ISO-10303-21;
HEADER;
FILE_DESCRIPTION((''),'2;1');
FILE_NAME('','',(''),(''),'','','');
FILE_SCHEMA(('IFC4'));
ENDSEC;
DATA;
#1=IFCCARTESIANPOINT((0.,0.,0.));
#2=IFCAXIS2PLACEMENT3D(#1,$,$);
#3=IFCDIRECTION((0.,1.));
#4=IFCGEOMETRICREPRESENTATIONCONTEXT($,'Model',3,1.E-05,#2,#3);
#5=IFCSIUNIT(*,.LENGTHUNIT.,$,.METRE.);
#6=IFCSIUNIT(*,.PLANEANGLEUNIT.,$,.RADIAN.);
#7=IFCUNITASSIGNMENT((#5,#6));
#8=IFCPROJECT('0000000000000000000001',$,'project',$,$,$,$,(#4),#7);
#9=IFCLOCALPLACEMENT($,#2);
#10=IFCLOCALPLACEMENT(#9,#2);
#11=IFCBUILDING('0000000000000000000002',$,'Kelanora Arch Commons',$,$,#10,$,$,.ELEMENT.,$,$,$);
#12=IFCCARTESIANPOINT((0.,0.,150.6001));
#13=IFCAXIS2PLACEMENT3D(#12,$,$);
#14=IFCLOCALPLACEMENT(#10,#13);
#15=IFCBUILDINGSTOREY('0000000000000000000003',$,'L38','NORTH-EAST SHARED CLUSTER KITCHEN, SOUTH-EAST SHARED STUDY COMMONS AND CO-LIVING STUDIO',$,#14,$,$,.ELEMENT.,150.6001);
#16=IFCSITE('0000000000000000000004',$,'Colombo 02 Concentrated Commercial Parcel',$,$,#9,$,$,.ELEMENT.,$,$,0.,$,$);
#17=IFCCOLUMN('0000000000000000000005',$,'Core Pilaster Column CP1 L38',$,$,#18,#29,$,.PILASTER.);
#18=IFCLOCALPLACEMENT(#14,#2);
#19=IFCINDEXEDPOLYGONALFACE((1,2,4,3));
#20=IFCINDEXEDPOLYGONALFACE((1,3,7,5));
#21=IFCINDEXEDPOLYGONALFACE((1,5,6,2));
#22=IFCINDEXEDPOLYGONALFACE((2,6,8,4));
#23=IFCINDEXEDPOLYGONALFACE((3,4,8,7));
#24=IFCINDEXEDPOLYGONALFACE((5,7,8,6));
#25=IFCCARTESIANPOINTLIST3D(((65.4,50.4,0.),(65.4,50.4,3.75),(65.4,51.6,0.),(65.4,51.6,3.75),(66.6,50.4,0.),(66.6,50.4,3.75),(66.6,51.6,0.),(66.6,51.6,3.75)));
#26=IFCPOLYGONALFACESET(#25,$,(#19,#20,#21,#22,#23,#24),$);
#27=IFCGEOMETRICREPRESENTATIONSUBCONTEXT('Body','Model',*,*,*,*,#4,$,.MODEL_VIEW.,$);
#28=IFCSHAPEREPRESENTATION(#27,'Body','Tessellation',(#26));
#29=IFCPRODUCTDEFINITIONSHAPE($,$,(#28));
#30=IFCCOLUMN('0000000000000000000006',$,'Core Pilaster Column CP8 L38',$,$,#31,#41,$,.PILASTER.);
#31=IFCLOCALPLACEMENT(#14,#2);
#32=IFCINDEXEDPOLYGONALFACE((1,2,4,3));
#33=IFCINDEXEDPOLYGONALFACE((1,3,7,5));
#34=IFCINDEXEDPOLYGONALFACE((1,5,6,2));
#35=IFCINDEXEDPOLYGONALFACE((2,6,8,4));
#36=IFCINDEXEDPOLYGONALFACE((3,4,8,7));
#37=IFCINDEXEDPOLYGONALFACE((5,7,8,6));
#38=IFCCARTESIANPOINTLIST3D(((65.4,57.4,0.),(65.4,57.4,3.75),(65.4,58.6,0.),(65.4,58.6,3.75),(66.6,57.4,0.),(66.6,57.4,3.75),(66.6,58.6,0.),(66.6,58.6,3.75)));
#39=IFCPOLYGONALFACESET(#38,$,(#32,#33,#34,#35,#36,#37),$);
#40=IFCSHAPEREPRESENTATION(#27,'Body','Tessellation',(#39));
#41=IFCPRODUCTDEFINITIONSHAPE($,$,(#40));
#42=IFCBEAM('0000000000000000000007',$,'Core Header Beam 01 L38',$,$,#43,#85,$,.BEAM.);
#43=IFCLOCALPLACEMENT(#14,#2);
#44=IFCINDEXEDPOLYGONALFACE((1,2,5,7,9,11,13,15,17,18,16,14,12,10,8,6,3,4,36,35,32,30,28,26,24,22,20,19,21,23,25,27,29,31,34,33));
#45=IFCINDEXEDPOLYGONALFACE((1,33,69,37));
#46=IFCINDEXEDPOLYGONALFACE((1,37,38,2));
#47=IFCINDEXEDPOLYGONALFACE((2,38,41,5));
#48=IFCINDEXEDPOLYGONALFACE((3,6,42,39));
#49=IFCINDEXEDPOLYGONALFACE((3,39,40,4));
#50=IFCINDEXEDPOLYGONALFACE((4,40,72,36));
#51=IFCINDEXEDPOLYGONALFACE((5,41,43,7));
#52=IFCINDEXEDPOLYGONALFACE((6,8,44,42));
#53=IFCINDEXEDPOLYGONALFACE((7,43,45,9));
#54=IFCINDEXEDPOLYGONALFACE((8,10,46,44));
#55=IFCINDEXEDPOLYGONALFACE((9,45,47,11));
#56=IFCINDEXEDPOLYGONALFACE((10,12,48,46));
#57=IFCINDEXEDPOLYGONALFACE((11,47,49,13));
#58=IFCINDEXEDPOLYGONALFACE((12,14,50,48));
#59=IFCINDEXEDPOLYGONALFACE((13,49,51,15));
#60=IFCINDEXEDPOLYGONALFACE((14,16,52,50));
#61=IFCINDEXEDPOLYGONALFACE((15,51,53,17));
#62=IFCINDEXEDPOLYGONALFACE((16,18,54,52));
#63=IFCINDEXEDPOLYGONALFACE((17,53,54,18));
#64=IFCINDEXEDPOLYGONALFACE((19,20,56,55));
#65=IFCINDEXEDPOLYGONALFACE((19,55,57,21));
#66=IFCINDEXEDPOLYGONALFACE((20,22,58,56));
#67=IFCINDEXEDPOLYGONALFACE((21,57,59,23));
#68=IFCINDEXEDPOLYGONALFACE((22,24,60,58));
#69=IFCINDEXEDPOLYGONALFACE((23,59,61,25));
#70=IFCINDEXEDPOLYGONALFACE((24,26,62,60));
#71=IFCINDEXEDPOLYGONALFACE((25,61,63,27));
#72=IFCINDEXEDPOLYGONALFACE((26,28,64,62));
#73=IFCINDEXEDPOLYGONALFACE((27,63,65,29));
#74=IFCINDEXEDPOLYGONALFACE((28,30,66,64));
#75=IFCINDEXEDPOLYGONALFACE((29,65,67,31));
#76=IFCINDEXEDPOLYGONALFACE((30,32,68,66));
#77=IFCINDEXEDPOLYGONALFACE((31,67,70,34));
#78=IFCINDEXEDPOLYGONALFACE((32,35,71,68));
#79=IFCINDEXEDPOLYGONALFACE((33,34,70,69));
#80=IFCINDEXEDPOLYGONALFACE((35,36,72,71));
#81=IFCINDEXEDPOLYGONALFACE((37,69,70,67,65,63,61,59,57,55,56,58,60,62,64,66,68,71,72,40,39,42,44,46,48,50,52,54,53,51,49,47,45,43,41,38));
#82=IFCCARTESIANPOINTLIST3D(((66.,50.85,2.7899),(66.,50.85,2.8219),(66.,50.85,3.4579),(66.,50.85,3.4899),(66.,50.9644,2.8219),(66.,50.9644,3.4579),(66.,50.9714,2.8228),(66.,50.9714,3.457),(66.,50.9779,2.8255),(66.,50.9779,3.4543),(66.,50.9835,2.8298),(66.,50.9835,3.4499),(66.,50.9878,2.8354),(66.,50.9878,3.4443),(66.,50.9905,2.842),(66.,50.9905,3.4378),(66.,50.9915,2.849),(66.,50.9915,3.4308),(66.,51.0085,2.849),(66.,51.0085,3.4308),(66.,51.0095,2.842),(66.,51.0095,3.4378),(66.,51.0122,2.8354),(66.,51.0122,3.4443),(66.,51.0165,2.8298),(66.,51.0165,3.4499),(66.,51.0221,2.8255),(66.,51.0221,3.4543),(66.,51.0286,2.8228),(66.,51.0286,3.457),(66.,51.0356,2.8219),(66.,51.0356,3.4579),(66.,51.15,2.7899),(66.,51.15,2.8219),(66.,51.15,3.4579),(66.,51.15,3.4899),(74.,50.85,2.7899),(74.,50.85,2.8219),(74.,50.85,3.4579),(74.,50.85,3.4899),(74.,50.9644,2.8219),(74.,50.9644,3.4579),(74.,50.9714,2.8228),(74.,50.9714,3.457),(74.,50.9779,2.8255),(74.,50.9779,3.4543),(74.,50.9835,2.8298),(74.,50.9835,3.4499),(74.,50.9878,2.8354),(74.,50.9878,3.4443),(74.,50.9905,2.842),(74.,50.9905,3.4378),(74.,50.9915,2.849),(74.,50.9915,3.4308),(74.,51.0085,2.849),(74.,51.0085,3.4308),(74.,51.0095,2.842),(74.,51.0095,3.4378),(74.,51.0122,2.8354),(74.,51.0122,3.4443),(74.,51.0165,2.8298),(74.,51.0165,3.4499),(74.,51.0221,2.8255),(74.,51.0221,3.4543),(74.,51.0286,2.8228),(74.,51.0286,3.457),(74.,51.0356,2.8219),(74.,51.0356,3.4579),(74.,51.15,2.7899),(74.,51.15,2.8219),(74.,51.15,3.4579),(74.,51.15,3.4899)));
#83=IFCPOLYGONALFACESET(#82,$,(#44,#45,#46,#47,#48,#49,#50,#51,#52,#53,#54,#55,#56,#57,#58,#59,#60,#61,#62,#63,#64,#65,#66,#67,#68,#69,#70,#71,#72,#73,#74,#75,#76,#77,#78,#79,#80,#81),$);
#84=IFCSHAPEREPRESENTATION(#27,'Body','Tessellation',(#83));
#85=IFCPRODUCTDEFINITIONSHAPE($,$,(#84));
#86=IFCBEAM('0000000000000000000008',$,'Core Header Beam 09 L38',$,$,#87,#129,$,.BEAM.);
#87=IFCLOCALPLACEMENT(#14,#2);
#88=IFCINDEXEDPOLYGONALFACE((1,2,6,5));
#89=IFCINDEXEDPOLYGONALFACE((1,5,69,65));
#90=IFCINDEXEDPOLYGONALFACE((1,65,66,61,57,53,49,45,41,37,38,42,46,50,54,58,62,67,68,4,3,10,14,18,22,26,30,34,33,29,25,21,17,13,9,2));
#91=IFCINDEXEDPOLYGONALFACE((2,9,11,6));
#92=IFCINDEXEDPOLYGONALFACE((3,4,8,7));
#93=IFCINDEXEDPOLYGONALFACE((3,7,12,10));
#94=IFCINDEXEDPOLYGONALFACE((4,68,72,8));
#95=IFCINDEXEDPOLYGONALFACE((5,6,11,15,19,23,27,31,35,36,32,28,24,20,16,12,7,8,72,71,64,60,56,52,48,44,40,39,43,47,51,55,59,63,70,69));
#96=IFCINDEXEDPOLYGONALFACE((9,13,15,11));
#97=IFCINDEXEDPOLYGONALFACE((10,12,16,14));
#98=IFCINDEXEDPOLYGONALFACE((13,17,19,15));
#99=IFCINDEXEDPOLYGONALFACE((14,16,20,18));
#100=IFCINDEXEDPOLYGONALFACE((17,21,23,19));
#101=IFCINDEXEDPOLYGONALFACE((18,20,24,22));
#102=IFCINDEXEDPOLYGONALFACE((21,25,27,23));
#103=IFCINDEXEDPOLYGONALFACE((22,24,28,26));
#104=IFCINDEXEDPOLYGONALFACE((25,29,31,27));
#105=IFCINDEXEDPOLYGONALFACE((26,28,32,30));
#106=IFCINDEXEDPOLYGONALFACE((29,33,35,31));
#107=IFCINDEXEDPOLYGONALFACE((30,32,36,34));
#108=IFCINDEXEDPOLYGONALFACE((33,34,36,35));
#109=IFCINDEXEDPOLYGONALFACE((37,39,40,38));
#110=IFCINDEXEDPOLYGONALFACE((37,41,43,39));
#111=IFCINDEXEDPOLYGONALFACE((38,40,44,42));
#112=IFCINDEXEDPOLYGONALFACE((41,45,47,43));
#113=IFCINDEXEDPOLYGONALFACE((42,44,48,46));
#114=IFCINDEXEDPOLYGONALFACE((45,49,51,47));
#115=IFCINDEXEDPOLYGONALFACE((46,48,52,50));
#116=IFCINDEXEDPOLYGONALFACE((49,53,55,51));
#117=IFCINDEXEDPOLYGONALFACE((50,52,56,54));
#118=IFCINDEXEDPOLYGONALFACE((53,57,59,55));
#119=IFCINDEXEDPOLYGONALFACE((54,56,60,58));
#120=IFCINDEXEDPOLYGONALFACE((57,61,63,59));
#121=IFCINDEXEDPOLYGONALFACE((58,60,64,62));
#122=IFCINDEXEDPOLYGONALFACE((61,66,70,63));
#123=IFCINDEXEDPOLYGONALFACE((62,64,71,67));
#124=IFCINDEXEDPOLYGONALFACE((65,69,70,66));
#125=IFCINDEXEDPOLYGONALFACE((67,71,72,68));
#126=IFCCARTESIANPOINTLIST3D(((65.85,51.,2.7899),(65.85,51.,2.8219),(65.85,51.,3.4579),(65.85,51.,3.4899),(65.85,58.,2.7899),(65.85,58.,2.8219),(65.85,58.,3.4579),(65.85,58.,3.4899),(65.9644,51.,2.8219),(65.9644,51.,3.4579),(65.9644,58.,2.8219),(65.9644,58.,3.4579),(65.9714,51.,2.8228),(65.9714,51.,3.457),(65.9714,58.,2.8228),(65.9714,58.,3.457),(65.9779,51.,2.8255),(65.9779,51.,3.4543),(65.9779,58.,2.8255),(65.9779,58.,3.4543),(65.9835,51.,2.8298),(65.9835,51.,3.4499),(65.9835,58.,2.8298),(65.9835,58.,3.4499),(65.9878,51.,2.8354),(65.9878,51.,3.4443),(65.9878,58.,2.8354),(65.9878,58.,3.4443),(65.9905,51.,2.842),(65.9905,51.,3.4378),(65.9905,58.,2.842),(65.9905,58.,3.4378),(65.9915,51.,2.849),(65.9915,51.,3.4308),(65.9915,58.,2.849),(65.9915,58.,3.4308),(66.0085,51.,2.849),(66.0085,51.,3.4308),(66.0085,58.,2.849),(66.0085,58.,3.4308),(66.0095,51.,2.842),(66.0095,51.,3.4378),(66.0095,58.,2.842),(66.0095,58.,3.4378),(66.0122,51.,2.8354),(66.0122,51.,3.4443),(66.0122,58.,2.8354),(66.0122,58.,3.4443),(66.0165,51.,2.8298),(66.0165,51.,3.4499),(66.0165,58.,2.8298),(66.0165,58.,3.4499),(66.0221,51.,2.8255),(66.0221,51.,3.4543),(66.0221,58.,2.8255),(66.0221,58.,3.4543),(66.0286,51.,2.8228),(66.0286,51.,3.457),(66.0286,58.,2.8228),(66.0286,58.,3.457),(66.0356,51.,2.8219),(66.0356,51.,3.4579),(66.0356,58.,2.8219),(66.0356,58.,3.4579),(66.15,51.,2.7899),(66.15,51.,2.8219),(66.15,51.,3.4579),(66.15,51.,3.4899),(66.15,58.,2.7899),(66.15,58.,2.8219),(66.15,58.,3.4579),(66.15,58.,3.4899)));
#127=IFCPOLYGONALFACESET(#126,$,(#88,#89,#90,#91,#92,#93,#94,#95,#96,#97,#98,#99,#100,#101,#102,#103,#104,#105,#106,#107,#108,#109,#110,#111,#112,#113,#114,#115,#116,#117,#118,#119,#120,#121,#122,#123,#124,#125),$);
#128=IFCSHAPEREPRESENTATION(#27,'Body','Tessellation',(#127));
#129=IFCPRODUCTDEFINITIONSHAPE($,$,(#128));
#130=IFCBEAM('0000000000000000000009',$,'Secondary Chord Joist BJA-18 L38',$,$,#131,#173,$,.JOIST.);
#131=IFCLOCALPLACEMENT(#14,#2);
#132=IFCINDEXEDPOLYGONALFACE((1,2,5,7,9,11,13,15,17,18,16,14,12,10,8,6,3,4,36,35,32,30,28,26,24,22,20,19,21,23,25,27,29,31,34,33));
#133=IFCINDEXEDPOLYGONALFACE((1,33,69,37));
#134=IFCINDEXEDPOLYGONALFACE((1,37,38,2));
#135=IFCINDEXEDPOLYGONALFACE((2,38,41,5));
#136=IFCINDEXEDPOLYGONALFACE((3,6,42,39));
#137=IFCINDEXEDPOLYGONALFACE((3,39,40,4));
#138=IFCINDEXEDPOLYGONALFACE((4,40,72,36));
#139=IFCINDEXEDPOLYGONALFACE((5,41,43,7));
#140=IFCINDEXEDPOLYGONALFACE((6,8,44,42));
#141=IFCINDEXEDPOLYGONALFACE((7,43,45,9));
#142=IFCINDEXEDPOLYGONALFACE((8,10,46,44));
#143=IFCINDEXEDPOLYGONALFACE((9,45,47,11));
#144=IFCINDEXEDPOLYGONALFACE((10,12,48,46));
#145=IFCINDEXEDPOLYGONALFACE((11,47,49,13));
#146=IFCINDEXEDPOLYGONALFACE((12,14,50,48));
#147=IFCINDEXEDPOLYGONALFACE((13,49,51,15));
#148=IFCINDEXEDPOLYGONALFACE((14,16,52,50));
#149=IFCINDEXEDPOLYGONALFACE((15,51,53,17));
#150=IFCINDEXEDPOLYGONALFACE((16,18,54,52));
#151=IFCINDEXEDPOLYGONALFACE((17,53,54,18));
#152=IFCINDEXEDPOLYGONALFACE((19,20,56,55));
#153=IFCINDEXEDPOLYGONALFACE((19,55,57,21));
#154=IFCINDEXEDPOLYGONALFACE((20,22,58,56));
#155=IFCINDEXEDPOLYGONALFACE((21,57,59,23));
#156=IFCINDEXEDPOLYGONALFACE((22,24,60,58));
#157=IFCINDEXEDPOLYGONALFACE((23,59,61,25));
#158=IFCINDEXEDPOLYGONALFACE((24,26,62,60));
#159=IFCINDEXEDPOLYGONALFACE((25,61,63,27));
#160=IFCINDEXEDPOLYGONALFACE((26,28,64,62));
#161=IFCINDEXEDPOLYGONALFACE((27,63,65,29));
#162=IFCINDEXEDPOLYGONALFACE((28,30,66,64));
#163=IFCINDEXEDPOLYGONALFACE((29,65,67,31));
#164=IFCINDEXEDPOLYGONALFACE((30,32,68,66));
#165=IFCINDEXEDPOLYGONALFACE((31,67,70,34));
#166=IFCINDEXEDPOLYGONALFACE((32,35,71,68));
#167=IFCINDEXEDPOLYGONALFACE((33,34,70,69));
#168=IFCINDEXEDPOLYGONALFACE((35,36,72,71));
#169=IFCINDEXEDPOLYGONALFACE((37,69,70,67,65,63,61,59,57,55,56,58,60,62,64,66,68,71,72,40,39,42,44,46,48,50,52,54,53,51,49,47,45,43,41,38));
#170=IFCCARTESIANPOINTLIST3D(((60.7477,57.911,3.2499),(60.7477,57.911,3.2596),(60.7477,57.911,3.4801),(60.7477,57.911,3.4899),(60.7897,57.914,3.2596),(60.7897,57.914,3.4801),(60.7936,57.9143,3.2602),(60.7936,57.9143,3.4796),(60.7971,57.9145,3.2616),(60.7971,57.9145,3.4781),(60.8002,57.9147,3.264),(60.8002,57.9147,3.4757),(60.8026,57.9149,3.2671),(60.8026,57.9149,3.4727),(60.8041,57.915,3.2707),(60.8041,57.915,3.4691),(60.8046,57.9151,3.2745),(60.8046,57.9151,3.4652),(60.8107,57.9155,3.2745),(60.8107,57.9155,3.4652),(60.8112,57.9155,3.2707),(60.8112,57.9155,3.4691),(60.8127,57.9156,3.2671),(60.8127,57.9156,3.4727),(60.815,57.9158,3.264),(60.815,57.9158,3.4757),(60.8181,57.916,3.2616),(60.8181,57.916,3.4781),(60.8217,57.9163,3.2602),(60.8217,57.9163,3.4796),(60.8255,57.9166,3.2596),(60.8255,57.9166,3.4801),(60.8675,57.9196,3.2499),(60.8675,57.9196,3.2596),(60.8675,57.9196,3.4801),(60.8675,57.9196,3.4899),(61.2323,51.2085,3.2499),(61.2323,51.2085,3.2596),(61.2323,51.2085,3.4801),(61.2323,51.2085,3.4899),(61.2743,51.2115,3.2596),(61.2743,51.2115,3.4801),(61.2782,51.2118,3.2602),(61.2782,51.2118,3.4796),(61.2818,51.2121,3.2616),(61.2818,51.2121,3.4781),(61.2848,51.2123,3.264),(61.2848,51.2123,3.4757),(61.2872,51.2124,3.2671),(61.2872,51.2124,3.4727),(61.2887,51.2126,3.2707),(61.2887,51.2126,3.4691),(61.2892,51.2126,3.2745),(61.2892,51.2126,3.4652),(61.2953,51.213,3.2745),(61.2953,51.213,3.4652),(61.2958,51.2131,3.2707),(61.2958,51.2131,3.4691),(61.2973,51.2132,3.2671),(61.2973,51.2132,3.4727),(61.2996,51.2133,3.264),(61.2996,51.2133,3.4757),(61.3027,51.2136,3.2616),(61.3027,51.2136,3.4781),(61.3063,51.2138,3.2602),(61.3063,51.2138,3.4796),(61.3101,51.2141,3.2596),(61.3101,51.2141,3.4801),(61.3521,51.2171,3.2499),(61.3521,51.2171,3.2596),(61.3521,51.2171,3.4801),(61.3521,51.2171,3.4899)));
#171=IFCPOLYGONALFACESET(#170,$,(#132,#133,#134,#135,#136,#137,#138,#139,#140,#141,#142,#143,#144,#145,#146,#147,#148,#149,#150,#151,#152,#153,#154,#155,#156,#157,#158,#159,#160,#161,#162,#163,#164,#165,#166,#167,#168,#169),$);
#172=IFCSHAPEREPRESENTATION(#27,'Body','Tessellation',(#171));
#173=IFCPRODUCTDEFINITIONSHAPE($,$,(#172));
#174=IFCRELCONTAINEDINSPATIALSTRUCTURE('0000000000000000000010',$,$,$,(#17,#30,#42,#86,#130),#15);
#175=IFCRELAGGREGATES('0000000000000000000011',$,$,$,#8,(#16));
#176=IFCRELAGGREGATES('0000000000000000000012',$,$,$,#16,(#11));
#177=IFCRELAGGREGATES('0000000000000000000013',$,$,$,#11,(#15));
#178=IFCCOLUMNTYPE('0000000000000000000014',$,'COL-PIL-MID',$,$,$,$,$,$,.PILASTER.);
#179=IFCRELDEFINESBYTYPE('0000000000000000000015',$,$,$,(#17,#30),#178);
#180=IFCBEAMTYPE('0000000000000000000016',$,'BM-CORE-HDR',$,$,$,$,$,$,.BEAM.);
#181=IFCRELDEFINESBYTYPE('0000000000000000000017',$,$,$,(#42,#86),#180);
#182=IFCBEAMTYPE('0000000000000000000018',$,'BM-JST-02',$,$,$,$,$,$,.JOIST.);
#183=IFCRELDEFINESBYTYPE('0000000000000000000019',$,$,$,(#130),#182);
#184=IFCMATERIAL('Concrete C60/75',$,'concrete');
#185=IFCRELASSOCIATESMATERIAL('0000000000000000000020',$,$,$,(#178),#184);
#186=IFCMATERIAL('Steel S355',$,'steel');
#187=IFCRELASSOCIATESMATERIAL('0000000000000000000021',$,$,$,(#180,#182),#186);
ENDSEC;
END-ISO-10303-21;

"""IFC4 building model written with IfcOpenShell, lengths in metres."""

from ifc_helpers import new_model, si_unit, direction, frame, origin, origin_2d, place, context, subcontext, project, spatial, rectangle, i_section, extrude, material, material_profile, profile_set, type_object, element, save


model = new_model("IFC4")

# Units and contexts
model_context = context("Model", 3, precision=1e-05, world=origin(), true_north=direction((0.0, 1.0)))
body_context = subcontext(model_context, "Body", "Model", "MODEL_VIEW")
ifc_project = project(units=[si_unit("LENGTHUNIT", "METRE"), si_unit("PLANEANGLEUNIT", "RADIAN")], contexts=[model_context])

# Site, building, storey
site_placement = place(None, origin())
site = spatial("IfcSite", under=ifc_project, at=site_placement, Name="Colombo 02 Concentrated Commercial Parcel", CompositionType="ELEMENT", RefElevation=0.0)
building_placement = place(site_placement, origin())
building = spatial("IfcBuilding", under=site, at=building_placement, Name="Kelanora Arch Commons", CompositionType="ELEMENT")
storey_placement = place(building_placement, frame((0.0, 0.0, 150.6001)))
storey = spatial("IfcBuildingStorey", under=building, at=storey_placement, Name="L38", Description="NORTH-EAST SHARED CLUSTER KITCHEN, SOUTH-EAST SHARED STUDY COMMONS AND CO-LIVING STUDIO", CompositionType="ELEMENT", Elevation=150.6001)

# Columns
ifc_material_1 = material(Name="Concrete C60/75", Category="concrete")
ifc_material_profile_1 = material_profile(ifc_material_1, rectangle(XDim=1.2, YDim=1.2, at=origin_2d()), Name="RC1200x1200")
ifc_profile_set_1 = profile_set([ifc_material_profile_1], Name="Concrete C60/75")
column_type = type_object("IfcColumnType", Name="COL-PIL-MID", PredefinedType="PILASTER", material=ifc_profile_set_1)
for number, where, z_axis, x_axis, name in (
    (1, (66.0, 51.0, 0.0), (0.0, 0.0, 1.0), (1.0, 0.0, 0.0), "Core Pilaster Column CP1 L38"),
    (2, (66.0, 58.0, 0.0), (0.0, 0.0, 1.0), (1.0, 0.0, 0.0), "Core Pilaster Column CP8 L38"),
):
    element("IfcColumn", number, at=place(storey_placement, frame(where, z_axis=z_axis, x_axis=x_axis)), inside=storey, type_object=column_type, Name=name, PredefinedType="PILASTER", context=body_context, shape_type="SweptSolid", body=[
        extrude(rectangle(XDim=1.2, YDim=1.2, at=origin_2d()), origin(), (0.0, 0.0, 1.0), 3.75),
    ])

# Beams
ifc_material_2 = material(Name="Steel S355", Category="steel")
ifc_material_profile_2 = material_profile(ifc_material_2, i_section(OverallWidth=0.3, OverallDepth=0.7, WebThickness=0.0171, FlangeThickness=0.032, FilletRadius=0.0271, at=origin_2d()), Name="HEB700")
ifc_profile_set_2 = profile_set([ifc_material_profile_2], Name="Steel S355")
beam_type_1 = type_object("IfcBeamType", Name="BM-CORE-HDR", PredefinedType="BEAM", material=ifc_profile_set_2)
beam_1_placement = place(storey_placement, frame((66.0, 51.0, 3.1399), z_axis=(1.0, 0.0, 0.0), x_axis=(0.0, 1.0, 0.0)))
element("IfcBeam", 3, at=beam_1_placement, inside=storey, type_object=beam_type_1, Name="Core Header Beam 01 L38", PredefinedType="BEAM", context=body_context, shape_type="SweptSolid", body=[
    extrude(i_section(OverallWidth=0.3, OverallDepth=0.7, WebThickness=0.0171, FlangeThickness=0.032, FilletRadius=0.0271, at=origin_2d()), origin(), (0.0, 0.0, 1.0), 8.0),
])
beam_2_placement = place(storey_placement, frame((66.0, 58.0, 3.1399), z_axis=(0.0, -1.0, 0.0), x_axis=(1.0, 0.0, 0.0)))
element("IfcBeam", 4, at=beam_2_placement, inside=storey, type_object=beam_type_1, Name="Core Header Beam 09 L38", PredefinedType="BEAM", context=body_context, shape_type="SweptSolid", body=[
    extrude(i_section(OverallWidth=0.3, OverallDepth=0.7, WebThickness=0.0171, FlangeThickness=0.032, FilletRadius=0.0271, at=origin_2d()), origin(), (0.0, 0.0, 1.0), 7.0),
])
ifc_material_profile_3 = material_profile(ifc_material_2, i_section(OverallWidth=0.1201, OverallDepth=0.24, WebThickness=0.0061, FlangeThickness=0.0098, FilletRadius=0.0149, at=origin_2d()), Name="IPE240")
ifc_profile_set_3 = profile_set([ifc_material_profile_3], Name="Steel S355")
beam_type_2 = type_object("IfcBeamType", Name="BM-JST-02", PredefinedType="JOIST", material=ifc_profile_set_3)
beam_3_placement = place(storey_placement, frame((60.8076, 57.9153, 3.3699), z_axis=(0.072117, -0.997396, 0.0), x_axis=(0.997396, 0.072117, 0.0)))
element("IfcBeam", 5, at=beam_3_placement, inside=storey, type_object=beam_type_2, Name="Secondary Chord Joist BJA-18 L38", PredefinedType="JOIST", context=body_context, shape_type="SweptSolid", body=[
    extrude(i_section(OverallWidth=0.1201, OverallDepth=0.24, WebThickness=0.0061, FlangeThickness=0.0098, FilletRadius=0.0149, at=origin_2d()), origin(), (0.0, 0.0, 1.0), 6.72),
])

save(model, "model.ifc")
